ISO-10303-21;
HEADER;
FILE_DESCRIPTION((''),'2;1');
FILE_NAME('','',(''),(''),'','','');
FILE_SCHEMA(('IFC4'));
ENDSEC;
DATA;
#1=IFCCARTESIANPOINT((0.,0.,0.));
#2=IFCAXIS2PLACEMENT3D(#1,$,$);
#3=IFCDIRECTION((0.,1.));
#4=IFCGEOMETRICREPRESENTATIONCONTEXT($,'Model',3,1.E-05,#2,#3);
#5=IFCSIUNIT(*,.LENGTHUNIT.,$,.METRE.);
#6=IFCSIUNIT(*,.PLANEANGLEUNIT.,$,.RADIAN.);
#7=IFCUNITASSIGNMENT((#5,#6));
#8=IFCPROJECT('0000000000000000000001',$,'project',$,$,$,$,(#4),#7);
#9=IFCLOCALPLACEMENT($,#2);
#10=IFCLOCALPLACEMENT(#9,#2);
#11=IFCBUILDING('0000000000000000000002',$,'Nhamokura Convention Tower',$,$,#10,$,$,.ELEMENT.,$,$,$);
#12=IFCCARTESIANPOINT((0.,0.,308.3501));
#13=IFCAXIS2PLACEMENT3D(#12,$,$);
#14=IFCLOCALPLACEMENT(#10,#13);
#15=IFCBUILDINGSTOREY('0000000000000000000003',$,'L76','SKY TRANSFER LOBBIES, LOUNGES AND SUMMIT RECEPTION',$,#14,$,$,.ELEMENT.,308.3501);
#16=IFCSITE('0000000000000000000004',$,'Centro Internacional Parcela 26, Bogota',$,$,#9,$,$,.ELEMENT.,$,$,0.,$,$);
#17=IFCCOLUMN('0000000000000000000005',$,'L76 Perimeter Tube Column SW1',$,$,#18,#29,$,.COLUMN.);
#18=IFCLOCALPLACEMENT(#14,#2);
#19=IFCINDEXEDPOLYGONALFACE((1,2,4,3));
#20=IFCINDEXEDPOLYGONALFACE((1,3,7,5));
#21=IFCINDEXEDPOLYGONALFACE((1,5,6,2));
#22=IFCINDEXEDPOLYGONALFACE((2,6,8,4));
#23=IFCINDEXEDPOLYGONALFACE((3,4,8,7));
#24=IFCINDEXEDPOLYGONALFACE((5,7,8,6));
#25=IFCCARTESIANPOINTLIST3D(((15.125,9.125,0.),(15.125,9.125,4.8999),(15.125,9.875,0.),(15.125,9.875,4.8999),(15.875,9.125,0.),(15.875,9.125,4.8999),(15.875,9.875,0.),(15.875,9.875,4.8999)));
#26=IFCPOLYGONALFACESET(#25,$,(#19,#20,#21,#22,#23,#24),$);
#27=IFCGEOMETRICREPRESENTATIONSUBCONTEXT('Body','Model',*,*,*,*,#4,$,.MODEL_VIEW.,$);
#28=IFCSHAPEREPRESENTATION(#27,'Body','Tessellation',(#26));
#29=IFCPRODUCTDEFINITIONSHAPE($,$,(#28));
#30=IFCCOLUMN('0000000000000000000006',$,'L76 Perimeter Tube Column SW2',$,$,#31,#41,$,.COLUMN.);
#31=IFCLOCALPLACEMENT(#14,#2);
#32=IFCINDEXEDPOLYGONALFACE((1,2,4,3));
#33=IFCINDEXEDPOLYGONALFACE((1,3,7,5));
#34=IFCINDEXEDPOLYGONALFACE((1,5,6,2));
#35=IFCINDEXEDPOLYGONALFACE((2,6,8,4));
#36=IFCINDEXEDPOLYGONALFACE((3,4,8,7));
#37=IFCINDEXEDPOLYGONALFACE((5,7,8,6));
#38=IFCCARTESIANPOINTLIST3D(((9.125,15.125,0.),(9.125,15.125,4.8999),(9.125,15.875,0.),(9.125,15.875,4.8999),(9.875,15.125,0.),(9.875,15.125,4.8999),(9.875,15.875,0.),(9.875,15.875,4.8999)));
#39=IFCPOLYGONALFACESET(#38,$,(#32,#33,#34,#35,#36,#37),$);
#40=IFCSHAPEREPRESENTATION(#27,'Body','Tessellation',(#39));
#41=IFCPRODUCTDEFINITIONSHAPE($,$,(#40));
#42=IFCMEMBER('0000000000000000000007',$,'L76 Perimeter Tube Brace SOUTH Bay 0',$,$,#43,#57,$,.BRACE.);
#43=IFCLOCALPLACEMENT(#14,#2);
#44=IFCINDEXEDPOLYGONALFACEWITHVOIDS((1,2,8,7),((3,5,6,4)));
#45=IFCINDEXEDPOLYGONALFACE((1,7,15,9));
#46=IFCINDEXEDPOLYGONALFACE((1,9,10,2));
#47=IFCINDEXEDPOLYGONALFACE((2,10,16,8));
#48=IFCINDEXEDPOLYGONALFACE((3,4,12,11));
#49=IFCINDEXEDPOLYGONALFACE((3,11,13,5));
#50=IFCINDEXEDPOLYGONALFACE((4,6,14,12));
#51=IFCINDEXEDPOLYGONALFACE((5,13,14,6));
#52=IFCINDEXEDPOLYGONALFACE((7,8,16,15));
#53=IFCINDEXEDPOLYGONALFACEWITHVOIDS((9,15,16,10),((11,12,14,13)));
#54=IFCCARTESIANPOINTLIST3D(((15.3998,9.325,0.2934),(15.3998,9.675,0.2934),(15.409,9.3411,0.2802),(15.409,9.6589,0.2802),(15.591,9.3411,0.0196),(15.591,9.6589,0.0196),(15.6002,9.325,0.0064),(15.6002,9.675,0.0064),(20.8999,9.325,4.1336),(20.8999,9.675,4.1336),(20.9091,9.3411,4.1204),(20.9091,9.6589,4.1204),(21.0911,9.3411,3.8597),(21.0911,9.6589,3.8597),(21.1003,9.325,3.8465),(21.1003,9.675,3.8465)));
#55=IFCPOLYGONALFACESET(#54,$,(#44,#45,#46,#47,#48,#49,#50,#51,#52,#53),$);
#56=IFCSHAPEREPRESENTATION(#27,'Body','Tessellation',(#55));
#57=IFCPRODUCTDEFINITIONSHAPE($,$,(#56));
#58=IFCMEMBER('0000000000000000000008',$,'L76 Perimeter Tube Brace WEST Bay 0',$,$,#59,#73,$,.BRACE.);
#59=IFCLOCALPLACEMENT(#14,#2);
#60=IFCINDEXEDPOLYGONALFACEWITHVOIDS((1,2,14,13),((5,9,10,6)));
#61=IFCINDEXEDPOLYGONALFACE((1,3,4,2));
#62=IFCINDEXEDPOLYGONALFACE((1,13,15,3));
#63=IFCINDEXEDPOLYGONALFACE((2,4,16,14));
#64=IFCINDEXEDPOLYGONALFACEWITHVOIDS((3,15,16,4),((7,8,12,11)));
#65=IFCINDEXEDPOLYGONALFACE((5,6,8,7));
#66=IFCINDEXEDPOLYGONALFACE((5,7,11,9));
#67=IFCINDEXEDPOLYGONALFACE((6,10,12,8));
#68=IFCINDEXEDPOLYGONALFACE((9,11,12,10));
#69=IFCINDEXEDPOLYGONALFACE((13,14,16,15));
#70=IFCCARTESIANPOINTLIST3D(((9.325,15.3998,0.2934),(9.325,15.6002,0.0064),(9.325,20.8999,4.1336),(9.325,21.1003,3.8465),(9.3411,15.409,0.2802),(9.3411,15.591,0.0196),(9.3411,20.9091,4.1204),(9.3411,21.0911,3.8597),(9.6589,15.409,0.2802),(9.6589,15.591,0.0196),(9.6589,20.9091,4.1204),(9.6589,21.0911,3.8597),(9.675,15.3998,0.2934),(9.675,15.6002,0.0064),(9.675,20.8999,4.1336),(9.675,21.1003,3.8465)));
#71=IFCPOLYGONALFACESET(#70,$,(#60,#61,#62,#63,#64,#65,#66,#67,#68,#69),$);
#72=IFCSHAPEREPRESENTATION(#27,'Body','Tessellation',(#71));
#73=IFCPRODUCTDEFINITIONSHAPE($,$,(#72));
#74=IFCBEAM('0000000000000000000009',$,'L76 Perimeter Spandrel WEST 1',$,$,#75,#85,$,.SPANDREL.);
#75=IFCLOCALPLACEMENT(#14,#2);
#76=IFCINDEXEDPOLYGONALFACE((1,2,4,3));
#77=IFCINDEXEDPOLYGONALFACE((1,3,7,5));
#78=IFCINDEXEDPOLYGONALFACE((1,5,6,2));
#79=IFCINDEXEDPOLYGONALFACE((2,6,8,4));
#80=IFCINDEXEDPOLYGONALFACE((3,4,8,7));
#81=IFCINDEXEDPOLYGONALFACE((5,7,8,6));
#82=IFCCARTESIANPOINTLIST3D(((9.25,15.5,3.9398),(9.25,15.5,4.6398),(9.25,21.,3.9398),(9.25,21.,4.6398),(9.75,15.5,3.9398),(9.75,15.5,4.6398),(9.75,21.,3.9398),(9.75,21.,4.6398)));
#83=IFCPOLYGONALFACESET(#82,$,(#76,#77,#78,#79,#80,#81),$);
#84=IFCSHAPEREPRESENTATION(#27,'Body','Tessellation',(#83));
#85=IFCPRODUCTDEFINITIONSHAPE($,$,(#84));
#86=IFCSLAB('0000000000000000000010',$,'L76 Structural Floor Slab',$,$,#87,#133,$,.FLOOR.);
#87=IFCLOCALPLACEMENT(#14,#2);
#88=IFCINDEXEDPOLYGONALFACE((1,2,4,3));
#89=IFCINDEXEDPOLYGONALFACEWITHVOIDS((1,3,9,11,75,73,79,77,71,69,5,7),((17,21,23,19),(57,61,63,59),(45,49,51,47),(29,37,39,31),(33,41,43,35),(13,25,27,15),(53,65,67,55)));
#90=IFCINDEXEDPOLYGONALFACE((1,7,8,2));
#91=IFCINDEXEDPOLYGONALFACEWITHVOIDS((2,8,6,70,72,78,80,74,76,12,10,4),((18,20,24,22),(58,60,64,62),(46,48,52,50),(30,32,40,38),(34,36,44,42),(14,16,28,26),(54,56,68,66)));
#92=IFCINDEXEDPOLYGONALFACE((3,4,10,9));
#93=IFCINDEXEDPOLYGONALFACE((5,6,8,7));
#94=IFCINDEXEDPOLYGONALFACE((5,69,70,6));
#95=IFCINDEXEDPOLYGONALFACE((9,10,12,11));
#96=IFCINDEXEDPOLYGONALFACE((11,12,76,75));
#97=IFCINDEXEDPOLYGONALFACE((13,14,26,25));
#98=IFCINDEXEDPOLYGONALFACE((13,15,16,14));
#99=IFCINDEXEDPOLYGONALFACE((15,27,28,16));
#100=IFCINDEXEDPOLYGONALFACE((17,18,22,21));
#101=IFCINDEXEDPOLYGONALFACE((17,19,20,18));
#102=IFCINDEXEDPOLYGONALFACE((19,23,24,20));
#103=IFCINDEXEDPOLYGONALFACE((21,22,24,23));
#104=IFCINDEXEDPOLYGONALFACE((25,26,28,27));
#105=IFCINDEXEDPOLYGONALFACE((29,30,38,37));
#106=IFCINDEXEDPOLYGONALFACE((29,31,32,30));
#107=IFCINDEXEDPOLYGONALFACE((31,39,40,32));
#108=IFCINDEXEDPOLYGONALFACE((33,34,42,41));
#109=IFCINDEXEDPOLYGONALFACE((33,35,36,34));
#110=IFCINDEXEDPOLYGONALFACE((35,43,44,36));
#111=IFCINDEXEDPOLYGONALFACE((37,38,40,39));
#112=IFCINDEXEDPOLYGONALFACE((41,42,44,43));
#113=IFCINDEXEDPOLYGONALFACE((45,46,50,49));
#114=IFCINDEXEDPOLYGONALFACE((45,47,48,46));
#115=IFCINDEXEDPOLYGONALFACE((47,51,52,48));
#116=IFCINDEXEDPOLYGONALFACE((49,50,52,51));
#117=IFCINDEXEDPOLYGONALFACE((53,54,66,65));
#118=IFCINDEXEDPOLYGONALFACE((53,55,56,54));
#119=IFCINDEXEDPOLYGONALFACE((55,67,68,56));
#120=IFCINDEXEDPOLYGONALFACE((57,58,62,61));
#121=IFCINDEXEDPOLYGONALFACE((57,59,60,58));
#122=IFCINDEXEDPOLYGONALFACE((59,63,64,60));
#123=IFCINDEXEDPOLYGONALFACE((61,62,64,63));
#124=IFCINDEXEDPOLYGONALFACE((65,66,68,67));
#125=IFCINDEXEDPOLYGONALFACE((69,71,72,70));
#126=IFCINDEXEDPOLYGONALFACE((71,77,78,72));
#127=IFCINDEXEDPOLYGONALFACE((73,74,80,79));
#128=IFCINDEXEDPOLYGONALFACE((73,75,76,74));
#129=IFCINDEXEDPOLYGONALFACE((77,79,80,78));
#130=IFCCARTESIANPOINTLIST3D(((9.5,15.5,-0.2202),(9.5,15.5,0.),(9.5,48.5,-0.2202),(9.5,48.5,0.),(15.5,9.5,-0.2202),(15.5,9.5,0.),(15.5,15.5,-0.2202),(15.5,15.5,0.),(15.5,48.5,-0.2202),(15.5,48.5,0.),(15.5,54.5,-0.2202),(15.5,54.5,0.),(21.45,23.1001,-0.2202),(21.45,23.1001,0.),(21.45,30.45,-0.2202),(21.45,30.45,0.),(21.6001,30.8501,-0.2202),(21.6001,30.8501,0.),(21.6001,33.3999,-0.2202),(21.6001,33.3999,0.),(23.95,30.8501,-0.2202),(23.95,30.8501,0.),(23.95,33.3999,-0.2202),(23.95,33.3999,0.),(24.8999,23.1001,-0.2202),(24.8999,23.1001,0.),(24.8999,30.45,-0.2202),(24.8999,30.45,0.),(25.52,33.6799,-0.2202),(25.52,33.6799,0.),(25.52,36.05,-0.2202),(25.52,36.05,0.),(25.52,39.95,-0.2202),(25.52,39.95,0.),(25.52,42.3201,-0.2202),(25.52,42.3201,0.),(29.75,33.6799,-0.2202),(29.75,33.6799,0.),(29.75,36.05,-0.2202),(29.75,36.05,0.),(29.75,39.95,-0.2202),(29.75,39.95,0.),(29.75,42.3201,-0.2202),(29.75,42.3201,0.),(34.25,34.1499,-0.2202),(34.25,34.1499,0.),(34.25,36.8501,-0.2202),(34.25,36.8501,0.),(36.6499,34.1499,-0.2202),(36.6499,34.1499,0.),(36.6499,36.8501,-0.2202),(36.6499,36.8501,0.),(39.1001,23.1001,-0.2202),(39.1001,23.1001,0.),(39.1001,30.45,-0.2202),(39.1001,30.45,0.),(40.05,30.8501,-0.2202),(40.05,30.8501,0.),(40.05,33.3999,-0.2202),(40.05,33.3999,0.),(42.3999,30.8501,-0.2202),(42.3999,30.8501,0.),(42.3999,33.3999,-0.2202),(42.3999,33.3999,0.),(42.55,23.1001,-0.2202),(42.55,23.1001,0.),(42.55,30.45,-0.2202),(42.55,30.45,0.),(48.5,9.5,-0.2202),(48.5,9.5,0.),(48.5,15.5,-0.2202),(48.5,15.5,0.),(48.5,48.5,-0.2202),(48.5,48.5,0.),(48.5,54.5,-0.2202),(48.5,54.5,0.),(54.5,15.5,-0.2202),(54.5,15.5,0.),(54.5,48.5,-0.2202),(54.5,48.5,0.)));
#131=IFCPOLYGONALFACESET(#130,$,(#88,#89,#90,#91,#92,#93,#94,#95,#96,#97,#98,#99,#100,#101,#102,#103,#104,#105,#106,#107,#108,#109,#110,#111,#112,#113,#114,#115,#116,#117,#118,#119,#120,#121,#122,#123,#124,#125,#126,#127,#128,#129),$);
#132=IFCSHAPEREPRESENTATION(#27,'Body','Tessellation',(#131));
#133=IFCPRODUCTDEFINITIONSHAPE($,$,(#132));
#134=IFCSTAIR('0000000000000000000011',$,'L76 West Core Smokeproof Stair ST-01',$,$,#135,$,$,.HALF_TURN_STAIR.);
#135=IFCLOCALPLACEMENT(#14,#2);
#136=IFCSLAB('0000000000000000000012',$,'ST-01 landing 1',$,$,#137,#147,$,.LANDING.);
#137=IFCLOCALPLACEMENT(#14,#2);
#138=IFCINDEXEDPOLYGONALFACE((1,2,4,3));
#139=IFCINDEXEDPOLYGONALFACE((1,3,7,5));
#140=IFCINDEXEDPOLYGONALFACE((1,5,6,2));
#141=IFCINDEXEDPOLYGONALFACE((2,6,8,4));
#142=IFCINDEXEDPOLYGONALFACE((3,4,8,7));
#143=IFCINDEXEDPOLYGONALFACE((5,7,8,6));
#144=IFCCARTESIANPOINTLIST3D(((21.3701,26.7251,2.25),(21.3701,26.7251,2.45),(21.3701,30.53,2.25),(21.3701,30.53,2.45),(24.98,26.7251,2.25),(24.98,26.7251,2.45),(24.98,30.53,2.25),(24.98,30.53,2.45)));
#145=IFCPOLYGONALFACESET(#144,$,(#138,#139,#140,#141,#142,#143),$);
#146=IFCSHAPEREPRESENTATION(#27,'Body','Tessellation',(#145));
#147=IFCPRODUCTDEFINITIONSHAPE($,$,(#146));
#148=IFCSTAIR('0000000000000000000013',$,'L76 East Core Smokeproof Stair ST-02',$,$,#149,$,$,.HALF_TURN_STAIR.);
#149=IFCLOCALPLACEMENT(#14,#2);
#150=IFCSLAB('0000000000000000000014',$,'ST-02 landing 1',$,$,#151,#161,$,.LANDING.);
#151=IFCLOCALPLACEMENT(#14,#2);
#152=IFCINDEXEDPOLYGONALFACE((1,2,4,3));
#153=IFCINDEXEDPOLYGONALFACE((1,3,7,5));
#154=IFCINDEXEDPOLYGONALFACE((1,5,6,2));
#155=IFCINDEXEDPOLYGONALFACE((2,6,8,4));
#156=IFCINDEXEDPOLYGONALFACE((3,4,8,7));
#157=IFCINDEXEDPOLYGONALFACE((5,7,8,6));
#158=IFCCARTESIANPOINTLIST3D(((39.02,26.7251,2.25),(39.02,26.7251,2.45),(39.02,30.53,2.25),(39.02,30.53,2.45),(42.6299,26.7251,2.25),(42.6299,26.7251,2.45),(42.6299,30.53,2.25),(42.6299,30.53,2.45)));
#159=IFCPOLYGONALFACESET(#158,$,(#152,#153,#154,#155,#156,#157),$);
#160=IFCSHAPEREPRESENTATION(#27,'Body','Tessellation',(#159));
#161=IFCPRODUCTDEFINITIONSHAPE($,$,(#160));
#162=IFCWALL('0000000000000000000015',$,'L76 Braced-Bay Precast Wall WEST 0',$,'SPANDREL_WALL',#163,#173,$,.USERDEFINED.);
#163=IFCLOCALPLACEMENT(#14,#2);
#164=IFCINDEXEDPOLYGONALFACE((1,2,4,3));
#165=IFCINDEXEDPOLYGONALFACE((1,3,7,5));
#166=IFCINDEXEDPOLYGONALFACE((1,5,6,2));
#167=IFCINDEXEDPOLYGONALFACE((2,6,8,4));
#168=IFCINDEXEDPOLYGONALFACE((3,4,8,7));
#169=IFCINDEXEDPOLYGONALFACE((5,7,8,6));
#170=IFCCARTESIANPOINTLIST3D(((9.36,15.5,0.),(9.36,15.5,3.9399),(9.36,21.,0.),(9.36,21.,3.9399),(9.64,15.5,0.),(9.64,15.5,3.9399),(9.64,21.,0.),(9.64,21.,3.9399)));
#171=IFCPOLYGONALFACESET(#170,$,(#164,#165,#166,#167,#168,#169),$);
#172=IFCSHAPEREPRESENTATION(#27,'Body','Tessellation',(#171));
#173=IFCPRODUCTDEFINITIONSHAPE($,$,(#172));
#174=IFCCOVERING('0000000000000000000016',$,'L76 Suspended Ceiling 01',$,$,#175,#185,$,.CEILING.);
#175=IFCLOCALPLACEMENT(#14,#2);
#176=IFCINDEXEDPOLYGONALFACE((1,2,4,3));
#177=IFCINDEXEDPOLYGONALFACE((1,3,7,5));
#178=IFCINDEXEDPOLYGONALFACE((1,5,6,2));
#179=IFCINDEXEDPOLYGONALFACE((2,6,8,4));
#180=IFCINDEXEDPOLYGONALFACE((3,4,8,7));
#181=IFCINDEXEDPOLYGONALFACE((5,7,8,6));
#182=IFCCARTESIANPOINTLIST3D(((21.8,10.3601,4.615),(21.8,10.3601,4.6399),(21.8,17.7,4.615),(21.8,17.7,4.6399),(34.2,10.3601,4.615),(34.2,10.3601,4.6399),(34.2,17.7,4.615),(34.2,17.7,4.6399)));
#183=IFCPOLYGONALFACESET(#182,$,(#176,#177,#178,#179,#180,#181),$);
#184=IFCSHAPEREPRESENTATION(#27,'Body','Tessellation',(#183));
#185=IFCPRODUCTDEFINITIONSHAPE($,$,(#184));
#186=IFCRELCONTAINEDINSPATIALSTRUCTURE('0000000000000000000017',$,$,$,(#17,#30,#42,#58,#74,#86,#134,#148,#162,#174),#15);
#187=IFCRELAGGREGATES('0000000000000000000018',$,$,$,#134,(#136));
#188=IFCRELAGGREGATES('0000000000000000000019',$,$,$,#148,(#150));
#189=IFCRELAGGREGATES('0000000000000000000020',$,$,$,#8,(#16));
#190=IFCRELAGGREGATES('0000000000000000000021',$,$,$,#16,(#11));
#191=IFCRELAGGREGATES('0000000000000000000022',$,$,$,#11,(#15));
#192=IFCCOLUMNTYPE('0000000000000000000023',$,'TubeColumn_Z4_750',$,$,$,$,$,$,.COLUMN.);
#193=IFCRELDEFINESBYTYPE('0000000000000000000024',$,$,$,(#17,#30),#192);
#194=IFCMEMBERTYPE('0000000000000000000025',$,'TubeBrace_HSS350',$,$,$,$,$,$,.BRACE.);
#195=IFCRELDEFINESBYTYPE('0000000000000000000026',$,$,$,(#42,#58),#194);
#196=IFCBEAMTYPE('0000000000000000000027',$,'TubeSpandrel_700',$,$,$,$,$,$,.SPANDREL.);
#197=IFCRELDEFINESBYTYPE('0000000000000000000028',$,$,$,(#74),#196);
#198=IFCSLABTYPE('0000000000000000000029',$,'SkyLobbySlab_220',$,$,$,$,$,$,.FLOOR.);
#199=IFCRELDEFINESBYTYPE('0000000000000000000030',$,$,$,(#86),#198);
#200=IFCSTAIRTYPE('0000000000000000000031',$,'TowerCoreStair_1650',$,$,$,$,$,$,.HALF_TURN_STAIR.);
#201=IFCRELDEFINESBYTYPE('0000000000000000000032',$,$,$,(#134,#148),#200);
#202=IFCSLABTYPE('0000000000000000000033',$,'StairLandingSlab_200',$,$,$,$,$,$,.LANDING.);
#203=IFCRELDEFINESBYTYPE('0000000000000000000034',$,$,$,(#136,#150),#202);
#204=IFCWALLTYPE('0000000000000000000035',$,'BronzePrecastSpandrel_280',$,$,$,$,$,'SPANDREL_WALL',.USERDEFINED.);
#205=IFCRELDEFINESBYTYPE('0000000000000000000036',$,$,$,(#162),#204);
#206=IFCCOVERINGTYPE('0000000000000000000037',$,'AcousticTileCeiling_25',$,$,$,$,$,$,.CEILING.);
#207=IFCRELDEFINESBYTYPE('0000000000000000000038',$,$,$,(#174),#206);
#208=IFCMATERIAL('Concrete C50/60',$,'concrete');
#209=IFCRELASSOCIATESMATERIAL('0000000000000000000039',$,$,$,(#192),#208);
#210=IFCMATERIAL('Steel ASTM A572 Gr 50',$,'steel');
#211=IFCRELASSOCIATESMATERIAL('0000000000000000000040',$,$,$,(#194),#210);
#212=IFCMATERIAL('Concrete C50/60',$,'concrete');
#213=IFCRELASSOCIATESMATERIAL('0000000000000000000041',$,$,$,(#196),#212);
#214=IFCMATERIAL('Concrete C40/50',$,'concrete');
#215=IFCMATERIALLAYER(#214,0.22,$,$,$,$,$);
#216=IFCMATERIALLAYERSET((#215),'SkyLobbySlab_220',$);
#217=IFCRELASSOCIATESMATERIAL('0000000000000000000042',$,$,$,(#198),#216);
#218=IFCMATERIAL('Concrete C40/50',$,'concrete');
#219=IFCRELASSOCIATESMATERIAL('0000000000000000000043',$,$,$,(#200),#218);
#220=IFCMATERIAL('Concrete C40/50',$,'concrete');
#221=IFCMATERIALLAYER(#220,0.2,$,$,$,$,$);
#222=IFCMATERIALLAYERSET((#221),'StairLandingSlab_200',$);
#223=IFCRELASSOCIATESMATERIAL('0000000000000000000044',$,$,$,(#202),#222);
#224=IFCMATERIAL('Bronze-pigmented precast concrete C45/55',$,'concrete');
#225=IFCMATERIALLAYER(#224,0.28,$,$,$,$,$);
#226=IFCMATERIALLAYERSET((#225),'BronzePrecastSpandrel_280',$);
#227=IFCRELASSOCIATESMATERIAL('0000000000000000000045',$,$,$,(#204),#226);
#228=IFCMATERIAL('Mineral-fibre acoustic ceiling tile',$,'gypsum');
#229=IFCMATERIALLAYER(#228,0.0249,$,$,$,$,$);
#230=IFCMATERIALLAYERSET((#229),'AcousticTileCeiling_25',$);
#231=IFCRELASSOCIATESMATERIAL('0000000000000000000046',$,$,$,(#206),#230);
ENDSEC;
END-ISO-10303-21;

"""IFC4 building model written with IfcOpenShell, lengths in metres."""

from ifc_helpers import new_model, si_unit, direction, frame, frame_2d, origin, origin_2d, place, context, subcontext, project, spatial, polyline, rectangle, hollow_rectangle, outline, extrude, material, layer, layer_set, material_profile, profile_set, type_object, element, aggregate, save


model = new_model("IFC4")

# Units and contexts
model_context = context("Model", 3, precision=1e-05, world=origin(), true_north=direction((0.0, 1.0)))
body_context = subcontext(model_context, "Body", "Model", "MODEL_VIEW")
ifc_project = project(units=[si_unit("LENGTHUNIT", "METRE"), si_unit("PLANEANGLEUNIT", "RADIAN")], contexts=[model_context])

# Site, building, storey
site_placement = place(None, origin())
site = spatial("IfcSite", under=ifc_project, at=site_placement, Name="Centro Internacional Parcela 26, Bogota", CompositionType="ELEMENT", RefElevation=0.0)
building_placement = place(site_placement, origin())
building = spatial("IfcBuilding", under=site, at=building_placement, Name="Nhamokura Convention Tower", CompositionType="ELEMENT")
storey_placement = place(building_placement, frame((0.0, 0.0, 308.3501)))
storey = spatial("IfcBuildingStorey", under=building, at=storey_placement, Name="L76", Description="SKY TRANSFER LOBBIES, LOUNGES AND SUMMIT RECEPTION", CompositionType="ELEMENT", Elevation=308.3501)

# Columns
ifc_material_1 = material(Name="Concrete C50/60", Category="concrete")
ifc_material_profile_1 = material_profile(ifc_material_1, rectangle(XDim=0.75, YDim=0.75, at=origin_2d()))
ifc_profile_set_1 = profile_set([ifc_material_profile_1], Name="Concrete C50/60")
column_type = type_object("IfcColumnType", Name="TubeColumn_Z4_750", PredefinedType="COLUMN", material=ifc_profile_set_1)
for number, where, z_axis, x_axis, name in (
    (1, (15.5, 9.5, 0.0), (0.0, 0.0, 1.0), (1.0, 0.0, 0.0), "L76 Perimeter Tube Column SW1"),
    (2, (9.5, 15.5, 0.0), (0.0, 0.0, 1.0), (1.0, 0.0, 0.0), "L76 Perimeter Tube Column SW2"),
):
    element("IfcColumn", number, at=place(storey_placement, frame(where, z_axis=z_axis, x_axis=x_axis)), inside=storey, type_object=column_type, Name=name, PredefinedType="COLUMN", context=body_context, shape_type="SweptSolid", body=[
        extrude(rectangle(XDim=0.75, YDim=0.75, at=origin_2d()), origin(), (0.0, 0.0, 1.0), 4.8999),
    ])

# Members
ifc_material_2 = material(Name="Steel ASTM A572 Gr 50", Category="steel")
ifc_material_profile_2 = material_profile(ifc_material_2, hollow_rectangle(XDim=0.3501, YDim=0.3501, WallThickness=0.0161, at=origin_2d()))
ifc_profile_set_2 = profile_set([ifc_material_profile_2], Name="Steel ASTM A572 Gr 50")
member_type = type_object("IfcMemberType", Name="TubeBrace_HSS350", PredefinedType="BRACE", material=ifc_profile_set_2)
for number, where, z_axis, x_axis, name in (
    (3, (15.5, 9.5, 0.1499), (0.819926, 0.0, 0.57247), (0.0, 1.0, 0.0), "L76 Perimeter Tube Brace SOUTH Bay 0"),
    (4, (9.5, 15.5, 0.1499), (0.0, 0.819926, 0.57247), (-1.0, 0.0, 0.0), "L76 Perimeter Tube Brace WEST Bay 0"),
):
    element("IfcMember", number, at=place(storey_placement, frame(where, z_axis=z_axis, x_axis=x_axis)), inside=storey, type_object=member_type, Name=name, PredefinedType="BRACE", context=body_context, shape_type="SweptSolid", body=[
        extrude(hollow_rectangle(XDim=0.3501, YDim=0.3501, WallThickness=0.0161, at=origin_2d()), origin(), (0.0, 0.0, 1.0), 6.708),
    ])

# Beam
ifc_material_3 = material(Name="Concrete C50/60", Category="concrete")
ifc_material_profile_3 = material_profile(ifc_material_3, rectangle(XDim=0.5, YDim=0.7, at=origin_2d()))
ifc_profile_set_3 = profile_set([ifc_material_profile_3], Name="Concrete C50/60")
beam_type = type_object("IfcBeamType", Name="TubeSpandrel_700", PredefinedType="SPANDREL", material=ifc_profile_set_3)
beam_placement = place(storey_placement, frame((9.5, 15.5, 4.2898), z_axis=(0.0, 1.0, 0.0), x_axis=(-1.0, 0.0, 0.0)))
element("IfcBeam", 5, at=beam_placement, inside=storey, type_object=beam_type, Name="L76 Perimeter Spandrel WEST 1", PredefinedType="SPANDREL", context=body_context, shape_type="SweptSolid", body=[
    extrude(rectangle(XDim=0.5, YDim=0.7, at=origin_2d()), origin(), (0.0, 0.0, 1.0), 5.5),
])

# Slab
ifc_material_4 = material(Name="Concrete C40/50", Category="concrete")
ifc_layer_1 = layer(ifc_material_4, 0.22)
ifc_layer_set_1 = layer_set([ifc_layer_1], Name="SkyLobbySlab_220")
slab_type_1 = type_object("IfcSlabType", Name="SkyLobbySlab_220", PredefinedType="FLOOR", material=ifc_layer_set_1)
slab_1_placement = place(storey_placement, frame((0.0, 0.0, -0.2202)))
element("IfcSlab", 6, at=slab_1_placement, inside=storey, type_object=slab_type_1, Name="L76 Structural Floor Slab", PredefinedType="FLOOR", context=body_context, shape_type="SweptSolid", body=[
    extrude(outline(polyline([(15.5, 9.5), (48.5, 9.5), (48.5, 15.5), (54.5, 15.5), (54.5, 48.5), (48.5, 48.5), (48.5, 54.5), (15.5, 54.5), (15.5, 48.5), (9.5, 48.5), (9.5, 15.5), (15.5, 15.5), (15.5, 9.5)]), holes=[polyline([(24.8999, 23.1001), (24.8999, 30.45), (21.45, 30.45), (21.45, 23.1001), (24.8999, 23.1001)]), polyline([(42.55, 23.1001), (42.55, 30.45), (39.1001, 30.45), (39.1001, 23.1001), (42.55, 23.1001)]), polyline([(21.6001, 30.8501), (23.95, 30.8501), (23.95, 33.3999), (21.6001, 33.3999), (21.6001, 30.8501)]), polyline([(40.05, 30.8501), (42.3999, 30.8501), (42.3999, 33.3999), (40.05, 33.3999), (40.05, 30.8501)]), polyline([(34.25, 34.1499), (36.6499, 34.1499), (36.6499, 36.8501), (34.25, 36.8501), (34.25, 34.1499)]), polyline([(25.52, 33.6799), (29.75, 33.6799), (29.75, 36.05), (25.52, 36.05), (25.52, 33.6799)]), polyline([(25.52, 39.95), (29.75, 39.95), (29.75, 42.3201), (25.52, 42.3201), (25.52, 39.95)])]), origin(), (0.0, 0.0, 1.0), 0.2202),
])

# Stairs, slabs
ifc_material_5 = material(Name="Concrete C40/50", Category="concrete")
stair_type = type_object("IfcStairType", Name="TowerCoreStair_1650", PredefinedType="HALF_TURN_STAIR", material=ifc_material_5)
stair_1_placement = place(storey_placement, origin())
stair_1 = element("IfcStair", 7, at=stair_1_placement, inside=storey, type_object=stair_type, Name="L76 West Core Smokeproof Stair ST-01", PredefinedType="HALF_TURN_STAIR")
ifc_material_6 = material(Name="Concrete C40/50", Category="concrete")
ifc_layer_2 = layer(ifc_material_6, 0.2)
ifc_layer_set_2 = layer_set([ifc_layer_2], Name="StairLandingSlab_200")
slab_type_2 = type_object("IfcSlabType", Name="StairLandingSlab_200", PredefinedType="LANDING", material=ifc_layer_set_2)
slab_2_placement = place(storey_placement, frame((0.0, 0.0, 2.25)))
slab_2 = element("IfcSlab", 8, at=slab_2_placement, type_object=slab_type_2, Name="ST-01 landing 1", PredefinedType="LANDING", context=body_context, shape_type="SweptSolid", body=[
    extrude(outline(polyline([(24.98, 26.7251), (24.98, 30.53), (21.3701, 30.53), (21.3701, 26.7251), (24.98, 26.7251)])), origin(), (0.0, 0.0, 1.0), 0.2),
])
aggregate(stair_1, [slab_2])
stair_2_placement = place(storey_placement, origin())
stair_2 = element("IfcStair", 9, at=stair_2_placement, inside=storey, type_object=stair_type, Name="L76 East Core Smokeproof Stair ST-02", PredefinedType="HALF_TURN_STAIR")
slab_3_placement = place(storey_placement, frame((0.0, 0.0, 2.25)))
slab_3 = element("IfcSlab", 10, at=slab_3_placement, type_object=slab_type_2, Name="ST-02 landing 1", PredefinedType="LANDING", context=body_context, shape_type="SweptSolid", body=[
    extrude(outline(polyline([(42.6299, 26.7251), (42.6299, 30.53), (39.02, 30.53), (39.02, 26.7251), (42.6299, 26.7251)])), origin(), (0.0, 0.0, 1.0), 0.2),
])
aggregate(stair_2, [slab_3])

# Wall
ifc_material_7 = material(Name="Bronze-pigmented precast concrete C45/55", Category="concrete")
ifc_layer_3 = layer(ifc_material_7, 0.28)
ifc_layer_set_3 = layer_set([ifc_layer_3], Name="BronzePrecastSpandrel_280")
wall_type = type_object("IfcWallType", Name="BronzePrecastSpandrel_280", ElementType="SPANDREL_WALL", PredefinedType="USERDEFINED", material=ifc_layer_set_3)
wall_placement = place(storey_placement, frame((9.5, 15.5, 0.0), z_axis=(0.0, 0.0, 1.0), x_axis=(0.0, 1.0, 0.0)))
element("IfcWall", 11, at=wall_placement, inside=storey, type_object=wall_type, Name="L76 Braced-Bay Precast Wall WEST 0", ObjectType="SPANDREL_WALL", PredefinedType="USERDEFINED", context=body_context, shape_type="SweptSolid", body=[
    extrude(rectangle(XDim=5.5, YDim=0.28, at=frame_2d((2.75, 0.0))), origin(), (0.0, 0.0, 1.0), 3.9399),
])

# Covering
ifc_material_8 = material(Name="Mineral-fibre acoustic ceiling tile", Category="gypsum")
ifc_layer_4 = layer(ifc_material_8, 0.0249)
ifc_layer_set_4 = layer_set([ifc_layer_4], Name="AcousticTileCeiling_25")
covering_type_1 = type_object("IfcCoveringType", Name="AcousticTileCeiling_25", PredefinedType="CEILING", material=ifc_layer_set_4)
covering_1_placement = place(storey_placement, frame((0.0, 0.0, 4.615)))
element("IfcCovering", 12, at=covering_1_placement, inside=storey, type_object=covering_type_1, Name="L76 Suspended Ceiling 01", PredefinedType="CEILING", context=body_context, shape_type="SweptSolid", body=[
    extrude(outline(polyline([(21.8, 10.3601), (34.2, 10.3601), (34.2, 17.7), (21.8, 17.7), (21.8, 10.3601)])), origin(), (0.0, 0.0, 1.0), 0.0249),
])

save(model, "model.ifc")
